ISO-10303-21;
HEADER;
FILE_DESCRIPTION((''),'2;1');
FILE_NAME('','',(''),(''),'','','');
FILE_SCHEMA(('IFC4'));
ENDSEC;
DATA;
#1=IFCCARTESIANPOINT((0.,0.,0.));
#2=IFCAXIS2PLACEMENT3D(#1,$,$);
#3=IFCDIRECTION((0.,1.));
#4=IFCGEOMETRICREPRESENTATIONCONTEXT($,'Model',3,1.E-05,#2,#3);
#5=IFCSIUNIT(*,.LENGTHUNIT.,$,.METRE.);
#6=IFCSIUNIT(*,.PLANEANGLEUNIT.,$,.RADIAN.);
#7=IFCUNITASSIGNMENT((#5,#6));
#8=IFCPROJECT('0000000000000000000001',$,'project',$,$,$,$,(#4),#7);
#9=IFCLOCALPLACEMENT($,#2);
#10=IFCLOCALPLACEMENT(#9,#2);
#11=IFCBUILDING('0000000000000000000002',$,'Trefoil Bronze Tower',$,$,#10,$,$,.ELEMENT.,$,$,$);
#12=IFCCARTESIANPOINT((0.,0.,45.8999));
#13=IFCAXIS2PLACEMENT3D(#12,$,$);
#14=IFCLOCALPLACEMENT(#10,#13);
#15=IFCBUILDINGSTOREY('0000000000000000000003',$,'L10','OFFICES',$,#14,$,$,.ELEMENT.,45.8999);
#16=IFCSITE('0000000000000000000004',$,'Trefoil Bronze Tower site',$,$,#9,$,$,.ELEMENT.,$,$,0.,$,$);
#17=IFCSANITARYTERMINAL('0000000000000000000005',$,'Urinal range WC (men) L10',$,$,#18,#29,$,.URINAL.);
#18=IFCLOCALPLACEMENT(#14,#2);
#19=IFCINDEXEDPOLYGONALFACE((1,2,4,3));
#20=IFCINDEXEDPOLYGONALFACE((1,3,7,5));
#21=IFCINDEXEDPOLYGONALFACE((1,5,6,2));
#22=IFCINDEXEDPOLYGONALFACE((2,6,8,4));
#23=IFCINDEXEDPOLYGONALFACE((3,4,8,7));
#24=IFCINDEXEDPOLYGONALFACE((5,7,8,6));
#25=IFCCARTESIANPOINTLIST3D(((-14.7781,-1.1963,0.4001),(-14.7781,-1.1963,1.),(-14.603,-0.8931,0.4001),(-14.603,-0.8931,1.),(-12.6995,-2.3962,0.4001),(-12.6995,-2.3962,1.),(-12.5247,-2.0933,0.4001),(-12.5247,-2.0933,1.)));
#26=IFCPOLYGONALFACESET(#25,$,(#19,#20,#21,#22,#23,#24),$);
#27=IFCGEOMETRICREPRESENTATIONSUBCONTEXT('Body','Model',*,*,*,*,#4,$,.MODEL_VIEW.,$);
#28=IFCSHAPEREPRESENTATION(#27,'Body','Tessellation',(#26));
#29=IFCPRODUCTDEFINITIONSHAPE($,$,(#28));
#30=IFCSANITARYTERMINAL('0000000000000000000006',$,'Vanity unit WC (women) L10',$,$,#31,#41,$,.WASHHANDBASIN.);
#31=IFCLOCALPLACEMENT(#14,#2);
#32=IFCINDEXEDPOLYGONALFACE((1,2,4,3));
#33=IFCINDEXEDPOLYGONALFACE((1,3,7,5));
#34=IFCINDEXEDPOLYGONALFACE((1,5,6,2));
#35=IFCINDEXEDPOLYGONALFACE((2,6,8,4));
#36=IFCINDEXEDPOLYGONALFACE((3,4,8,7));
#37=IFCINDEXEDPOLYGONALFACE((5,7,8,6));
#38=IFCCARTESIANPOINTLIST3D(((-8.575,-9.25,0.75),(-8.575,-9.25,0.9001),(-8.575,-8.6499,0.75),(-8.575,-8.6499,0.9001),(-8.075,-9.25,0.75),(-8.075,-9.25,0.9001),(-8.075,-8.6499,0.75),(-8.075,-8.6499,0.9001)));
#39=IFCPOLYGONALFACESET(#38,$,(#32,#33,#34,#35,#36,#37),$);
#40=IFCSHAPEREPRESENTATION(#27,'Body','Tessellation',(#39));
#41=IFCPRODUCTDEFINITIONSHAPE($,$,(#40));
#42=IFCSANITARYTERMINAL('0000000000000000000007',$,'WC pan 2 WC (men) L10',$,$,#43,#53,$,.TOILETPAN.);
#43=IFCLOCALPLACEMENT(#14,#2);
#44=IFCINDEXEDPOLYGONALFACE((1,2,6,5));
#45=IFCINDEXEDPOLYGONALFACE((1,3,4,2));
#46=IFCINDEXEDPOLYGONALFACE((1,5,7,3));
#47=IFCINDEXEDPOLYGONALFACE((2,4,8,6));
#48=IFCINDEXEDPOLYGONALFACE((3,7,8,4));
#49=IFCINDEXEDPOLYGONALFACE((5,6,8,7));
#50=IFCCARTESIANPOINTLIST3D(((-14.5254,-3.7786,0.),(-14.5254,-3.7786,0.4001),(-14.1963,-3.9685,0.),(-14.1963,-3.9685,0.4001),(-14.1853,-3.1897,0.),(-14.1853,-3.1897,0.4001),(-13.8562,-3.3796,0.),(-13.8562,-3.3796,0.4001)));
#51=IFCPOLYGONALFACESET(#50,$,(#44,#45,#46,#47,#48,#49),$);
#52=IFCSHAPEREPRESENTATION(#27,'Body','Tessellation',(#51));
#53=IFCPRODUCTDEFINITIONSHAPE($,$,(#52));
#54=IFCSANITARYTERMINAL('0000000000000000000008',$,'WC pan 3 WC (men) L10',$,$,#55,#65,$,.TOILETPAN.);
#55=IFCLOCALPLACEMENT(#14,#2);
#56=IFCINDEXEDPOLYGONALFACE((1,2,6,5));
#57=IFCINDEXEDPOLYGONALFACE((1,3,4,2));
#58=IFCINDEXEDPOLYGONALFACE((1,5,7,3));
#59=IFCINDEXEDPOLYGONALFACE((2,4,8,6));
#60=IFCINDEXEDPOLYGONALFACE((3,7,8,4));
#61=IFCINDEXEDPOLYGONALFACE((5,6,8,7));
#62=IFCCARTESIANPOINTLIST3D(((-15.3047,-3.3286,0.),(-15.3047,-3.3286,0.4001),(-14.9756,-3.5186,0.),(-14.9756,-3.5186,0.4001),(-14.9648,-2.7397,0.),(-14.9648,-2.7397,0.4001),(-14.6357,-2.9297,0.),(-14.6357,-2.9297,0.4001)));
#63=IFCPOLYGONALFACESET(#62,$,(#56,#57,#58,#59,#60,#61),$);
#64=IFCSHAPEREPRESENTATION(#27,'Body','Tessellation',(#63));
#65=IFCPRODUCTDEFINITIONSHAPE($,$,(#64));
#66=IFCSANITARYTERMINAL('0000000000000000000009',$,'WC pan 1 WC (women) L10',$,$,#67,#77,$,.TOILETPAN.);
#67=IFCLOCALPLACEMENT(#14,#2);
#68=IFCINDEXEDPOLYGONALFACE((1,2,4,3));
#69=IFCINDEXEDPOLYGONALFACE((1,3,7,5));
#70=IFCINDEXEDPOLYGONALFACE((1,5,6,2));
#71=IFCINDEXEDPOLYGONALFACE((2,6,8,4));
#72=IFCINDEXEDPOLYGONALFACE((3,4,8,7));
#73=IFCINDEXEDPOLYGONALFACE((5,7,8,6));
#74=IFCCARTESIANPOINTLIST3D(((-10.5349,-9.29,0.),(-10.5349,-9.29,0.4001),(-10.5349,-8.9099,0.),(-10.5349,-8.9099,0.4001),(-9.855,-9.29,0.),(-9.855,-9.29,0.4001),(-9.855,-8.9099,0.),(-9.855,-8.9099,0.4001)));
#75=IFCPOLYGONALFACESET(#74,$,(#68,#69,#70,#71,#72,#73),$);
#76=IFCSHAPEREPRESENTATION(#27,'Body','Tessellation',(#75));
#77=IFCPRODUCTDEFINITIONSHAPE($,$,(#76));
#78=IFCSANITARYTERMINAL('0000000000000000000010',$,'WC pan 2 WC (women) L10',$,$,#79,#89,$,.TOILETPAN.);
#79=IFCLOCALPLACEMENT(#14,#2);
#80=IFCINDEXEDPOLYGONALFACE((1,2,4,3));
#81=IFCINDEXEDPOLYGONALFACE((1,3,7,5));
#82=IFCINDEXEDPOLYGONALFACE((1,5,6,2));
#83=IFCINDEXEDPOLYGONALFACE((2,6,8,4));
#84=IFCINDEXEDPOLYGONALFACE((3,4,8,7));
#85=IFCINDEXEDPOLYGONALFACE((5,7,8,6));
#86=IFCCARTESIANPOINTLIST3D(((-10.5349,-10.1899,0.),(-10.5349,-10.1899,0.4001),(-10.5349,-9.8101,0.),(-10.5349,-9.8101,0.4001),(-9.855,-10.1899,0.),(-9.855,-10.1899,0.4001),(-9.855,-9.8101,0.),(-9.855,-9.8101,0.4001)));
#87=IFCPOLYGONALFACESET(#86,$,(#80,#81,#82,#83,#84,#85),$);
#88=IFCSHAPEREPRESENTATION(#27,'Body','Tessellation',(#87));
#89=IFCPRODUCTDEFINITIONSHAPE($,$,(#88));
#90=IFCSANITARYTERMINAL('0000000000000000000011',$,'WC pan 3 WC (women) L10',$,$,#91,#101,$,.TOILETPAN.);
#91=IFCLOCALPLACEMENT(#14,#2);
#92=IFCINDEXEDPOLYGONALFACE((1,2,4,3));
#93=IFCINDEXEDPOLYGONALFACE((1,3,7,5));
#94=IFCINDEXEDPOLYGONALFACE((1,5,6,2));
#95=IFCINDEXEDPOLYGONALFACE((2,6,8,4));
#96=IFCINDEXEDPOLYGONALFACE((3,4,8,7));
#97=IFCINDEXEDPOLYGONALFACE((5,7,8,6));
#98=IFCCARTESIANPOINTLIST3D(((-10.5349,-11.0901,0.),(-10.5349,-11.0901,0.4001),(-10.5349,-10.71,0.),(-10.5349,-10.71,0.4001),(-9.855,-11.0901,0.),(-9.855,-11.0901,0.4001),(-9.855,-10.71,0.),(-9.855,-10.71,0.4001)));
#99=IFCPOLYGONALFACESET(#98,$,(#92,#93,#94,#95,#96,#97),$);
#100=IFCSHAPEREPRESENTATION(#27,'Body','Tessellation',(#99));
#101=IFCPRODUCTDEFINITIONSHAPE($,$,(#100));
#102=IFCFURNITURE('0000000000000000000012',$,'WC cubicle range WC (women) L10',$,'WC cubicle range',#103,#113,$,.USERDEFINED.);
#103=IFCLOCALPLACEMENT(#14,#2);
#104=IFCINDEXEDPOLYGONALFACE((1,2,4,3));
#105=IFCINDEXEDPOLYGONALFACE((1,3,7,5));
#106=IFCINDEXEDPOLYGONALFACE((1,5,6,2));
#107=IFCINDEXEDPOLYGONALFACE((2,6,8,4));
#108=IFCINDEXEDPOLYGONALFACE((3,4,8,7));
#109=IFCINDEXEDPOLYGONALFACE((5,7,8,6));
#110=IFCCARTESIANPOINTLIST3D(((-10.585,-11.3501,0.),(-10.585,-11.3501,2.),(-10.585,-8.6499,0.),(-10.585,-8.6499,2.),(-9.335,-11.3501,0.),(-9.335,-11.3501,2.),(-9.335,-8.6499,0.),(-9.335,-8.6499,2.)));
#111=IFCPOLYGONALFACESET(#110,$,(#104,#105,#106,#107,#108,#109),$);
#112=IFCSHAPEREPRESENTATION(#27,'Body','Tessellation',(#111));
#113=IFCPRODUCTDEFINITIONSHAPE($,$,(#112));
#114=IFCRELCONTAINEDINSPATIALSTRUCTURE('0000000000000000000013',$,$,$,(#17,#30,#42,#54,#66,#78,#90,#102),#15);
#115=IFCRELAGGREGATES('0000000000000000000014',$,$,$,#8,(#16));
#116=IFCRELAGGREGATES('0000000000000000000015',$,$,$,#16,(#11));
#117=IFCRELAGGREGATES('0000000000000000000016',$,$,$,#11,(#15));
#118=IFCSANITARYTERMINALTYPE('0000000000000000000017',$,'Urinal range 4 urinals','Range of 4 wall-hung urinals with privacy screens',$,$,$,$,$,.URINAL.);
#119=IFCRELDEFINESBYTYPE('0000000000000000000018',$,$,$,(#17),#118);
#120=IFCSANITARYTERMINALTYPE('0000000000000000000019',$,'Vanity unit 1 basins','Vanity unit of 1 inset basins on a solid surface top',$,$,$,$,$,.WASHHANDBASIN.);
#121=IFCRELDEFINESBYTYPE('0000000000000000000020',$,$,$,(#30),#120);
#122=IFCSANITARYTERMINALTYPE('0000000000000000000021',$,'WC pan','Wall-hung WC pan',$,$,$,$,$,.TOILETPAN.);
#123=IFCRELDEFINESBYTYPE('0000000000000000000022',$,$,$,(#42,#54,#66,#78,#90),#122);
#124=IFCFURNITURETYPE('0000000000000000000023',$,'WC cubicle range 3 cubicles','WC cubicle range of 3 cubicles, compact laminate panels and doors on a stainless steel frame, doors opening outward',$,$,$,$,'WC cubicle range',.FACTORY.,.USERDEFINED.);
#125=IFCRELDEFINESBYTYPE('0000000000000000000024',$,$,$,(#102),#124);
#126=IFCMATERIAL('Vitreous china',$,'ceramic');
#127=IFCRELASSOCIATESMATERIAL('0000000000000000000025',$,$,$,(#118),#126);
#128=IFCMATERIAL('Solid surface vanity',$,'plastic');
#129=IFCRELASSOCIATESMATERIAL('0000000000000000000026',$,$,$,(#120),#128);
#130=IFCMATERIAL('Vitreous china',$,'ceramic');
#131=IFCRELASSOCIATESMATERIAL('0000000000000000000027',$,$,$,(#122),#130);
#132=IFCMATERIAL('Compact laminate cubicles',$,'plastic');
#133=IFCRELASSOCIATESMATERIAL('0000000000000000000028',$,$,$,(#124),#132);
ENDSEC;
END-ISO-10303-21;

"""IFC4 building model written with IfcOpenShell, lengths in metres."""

from ifc_helpers import new_model, si_unit, direction, frame, origin, place, context, subcontext, project, spatial, polyline, outline, extrude, material, type_object, element, save


model = new_model("IFC4")

# Units and contexts
model_context = context("Model", 3, precision=1e-05, world=origin(), true_north=direction((0.0, 1.0)))
body_context = subcontext(model_context, "Body", "Model", "MODEL_VIEW")
ifc_project = project(units=[si_unit("LENGTHUNIT", "METRE"), si_unit("PLANEANGLEUNIT", "RADIAN")], contexts=[model_context])

# Site, building, storey
site_placement = place(None, origin())
site = spatial("IfcSite", under=ifc_project, at=site_placement, Name="Trefoil Bronze Tower site", CompositionType="ELEMENT", RefElevation=0.0)
building_placement = place(site_placement, origin())
building = spatial("IfcBuilding", under=site, at=building_placement, Name="Trefoil Bronze Tower", CompositionType="ELEMENT")
storey_placement = place(building_placement, frame((0.0, 0.0, 45.8999)))
storey = spatial("IfcBuildingStorey", under=building, at=storey_placement, Name="L10", Description="OFFICES", CompositionType="ELEMENT", Elevation=45.8999)

# Sanitary terminals
ifc_material_1 = material(Name="Vitreous china", Category="ceramic")
sanitary_terminal_type_1 = type_object("IfcSanitaryTerminalType", Name="Urinal range 4 urinals", Description="Range of 4 wall-hung urinals with privacy screens", PredefinedType="URINAL", material=ifc_material_1)
sanitary_terminal_1_placement = place(storey_placement, frame((0.0, 0.0, 0.4001)))
element("IfcSanitaryTerminal", 1, at=sanitary_terminal_1_placement, inside=storey, type_object=sanitary_terminal_type_1, Name="Urinal range WC (men) L10", PredefinedType="URINAL", context=body_context, shape_type="SweptSolid", body=[
    extrude(outline(polyline([(-12.5247, -2.0933), (-12.6995, -2.3962), (-14.7781, -1.1963), (-14.603, -0.8931), (-12.5247, -2.0933)])), origin(), (0.0, 0.0, 1.0), 0.5999),
])
ifc_material_2 = material(Name="Solid surface vanity", Category="plastic")
sanitary_terminal_type_2 = type_object("IfcSanitaryTerminalType", Name="Vanity unit 1 basins", Description="Vanity unit of 1 inset basins on a solid surface top", PredefinedType="WASHHANDBASIN", material=ifc_material_2)
sanitary_terminal_2_placement = place(storey_placement, frame((0.0, 0.0, 0.75)))
element("IfcSanitaryTerminal", 2, at=sanitary_terminal_2_placement, inside=storey, type_object=sanitary_terminal_type_2, Name="Vanity unit WC (women) L10", PredefinedType="WASHHANDBASIN", context=body_context, shape_type="SweptSolid", body=[
    extrude(outline(polyline([(-8.075, -8.6499), (-8.575, -8.6499), (-8.575, -9.25), (-8.075, -9.25), (-8.075, -8.6499)])), origin(), (0.0, 0.0, 1.0), 0.1501),
])
ifc_material_3 = material(Name="Vitreous china", Category="ceramic")
sanitary_terminal_type_3 = type_object("IfcSanitaryTerminalType", Name="WC pan", Description="Wall-hung WC pan", PredefinedType="TOILETPAN", material=ifc_material_3)
sanitary_terminal_3_placement = place(storey_placement, origin())
element("IfcSanitaryTerminal", 3, at=sanitary_terminal_3_placement, inside=storey, type_object=sanitary_terminal_type_3, Name="WC pan 2 WC (men) L10", PredefinedType="TOILETPAN", context=body_context, shape_type="SweptSolid", body=[
    extrude(outline(polyline([(-13.8562, -3.3796), (-14.1963, -3.9685), (-14.5254, -3.7786), (-14.1853, -3.1897), (-13.8562, -3.3796)])), origin(), (0.0, 0.0, 1.0), 0.4001),
])
sanitary_terminal_4_placement = place(storey_placement, origin())
element("IfcSanitaryTerminal", 4, at=sanitary_terminal_4_placement, inside=storey, type_object=sanitary_terminal_type_3, Name="WC pan 3 WC (men) L10", PredefinedType="TOILETPAN", context=body_context, shape_type="SweptSolid", body=[
    extrude(outline(polyline([(-14.6357, -2.9297), (-14.9756, -3.5186), (-15.3047, -3.3286), (-14.9648, -2.7397), (-14.6357, -2.9297)])), origin(), (0.0, 0.0, 1.0), 0.4001),
])
sanitary_terminal_5_placement = place(storey_placement, origin())
element("IfcSanitaryTerminal", 5, at=sanitary_terminal_5_placement, inside=storey, type_object=sanitary_terminal_type_3, Name="WC pan 1 WC (women) L10", PredefinedType="TOILETPAN", context=body_context, shape_type="SweptSolid", body=[
    extrude(outline(polyline([(-9.855, -8.9099), (-10.5349, -8.9099), (-10.5349, -9.29), (-9.855, -9.29), (-9.855, -8.9099)])), origin(), (0.0, 0.0, 1.0), 0.4001),
])
sanitary_terminal_6_placement = place(storey_placement, origin())
element("IfcSanitaryTerminal", 6, at=sanitary_terminal_6_placement, inside=storey, type_object=sanitary_terminal_type_3, Name="WC pan 2 WC (women) L10", PredefinedType="TOILETPAN", context=body_context, shape_type="SweptSolid", body=[
    extrude(outline(polyline([(-9.855, -9.8101), (-10.5349, -9.8101), (-10.5349, -10.1899), (-9.855, -10.1899), (-9.855, -9.8101)])), origin(), (0.0, 0.0, 1.0), 0.4001),
])
sanitary_terminal_7_placement = place(storey_placement, origin())
element("IfcSanitaryTerminal", 7, at=sanitary_terminal_7_placement, inside=storey, type_object=sanitary_terminal_type_3, Name="WC pan 3 WC (women) L10", PredefinedType="TOILETPAN", context=body_context, shape_type="SweptSolid", body=[
    extrude(outline(polyline([(-9.855, -10.71), (-10.5349, -10.71), (-10.5349, -11.0901), (-9.855, -11.0901), (-9.855, -10.71)])), origin(), (0.0, 0.0, 1.0), 0.4001),
])

# Furniture
ifc_material_4 = material(Name="Compact laminate cubicles", Category="plastic")
furniture_type = type_object("IfcFurnitureType", Name="WC cubicle range 3 cubicles", Description="WC cubicle range of 3 cubicles, compact laminate panels and doors on a stainless steel frame, doors opening outward", ElementType="WC cubicle range", AssemblyPlace="FACTORY", PredefinedType="USERDEFINED", material=ifc_material_4)
furniture_placement = place(storey_placement, origin())
element("IfcFurniture", 8, at=furniture_placement, inside=storey, type_object=furniture_type, Name="WC cubicle range WC (women) L10", ObjectType="WC cubicle range", PredefinedType="USERDEFINED", context=body_context, shape_type="SweptSolid", body=[
    extrude(outline(polyline([(-9.335, -8.6499), (-10.585, -8.6499), (-10.585, -11.3501), (-9.335, -11.3501), (-9.335, -8.6499)])), origin(), (0.0, 0.0, 1.0), 2.0),
])

save(model, "model.ifc")
